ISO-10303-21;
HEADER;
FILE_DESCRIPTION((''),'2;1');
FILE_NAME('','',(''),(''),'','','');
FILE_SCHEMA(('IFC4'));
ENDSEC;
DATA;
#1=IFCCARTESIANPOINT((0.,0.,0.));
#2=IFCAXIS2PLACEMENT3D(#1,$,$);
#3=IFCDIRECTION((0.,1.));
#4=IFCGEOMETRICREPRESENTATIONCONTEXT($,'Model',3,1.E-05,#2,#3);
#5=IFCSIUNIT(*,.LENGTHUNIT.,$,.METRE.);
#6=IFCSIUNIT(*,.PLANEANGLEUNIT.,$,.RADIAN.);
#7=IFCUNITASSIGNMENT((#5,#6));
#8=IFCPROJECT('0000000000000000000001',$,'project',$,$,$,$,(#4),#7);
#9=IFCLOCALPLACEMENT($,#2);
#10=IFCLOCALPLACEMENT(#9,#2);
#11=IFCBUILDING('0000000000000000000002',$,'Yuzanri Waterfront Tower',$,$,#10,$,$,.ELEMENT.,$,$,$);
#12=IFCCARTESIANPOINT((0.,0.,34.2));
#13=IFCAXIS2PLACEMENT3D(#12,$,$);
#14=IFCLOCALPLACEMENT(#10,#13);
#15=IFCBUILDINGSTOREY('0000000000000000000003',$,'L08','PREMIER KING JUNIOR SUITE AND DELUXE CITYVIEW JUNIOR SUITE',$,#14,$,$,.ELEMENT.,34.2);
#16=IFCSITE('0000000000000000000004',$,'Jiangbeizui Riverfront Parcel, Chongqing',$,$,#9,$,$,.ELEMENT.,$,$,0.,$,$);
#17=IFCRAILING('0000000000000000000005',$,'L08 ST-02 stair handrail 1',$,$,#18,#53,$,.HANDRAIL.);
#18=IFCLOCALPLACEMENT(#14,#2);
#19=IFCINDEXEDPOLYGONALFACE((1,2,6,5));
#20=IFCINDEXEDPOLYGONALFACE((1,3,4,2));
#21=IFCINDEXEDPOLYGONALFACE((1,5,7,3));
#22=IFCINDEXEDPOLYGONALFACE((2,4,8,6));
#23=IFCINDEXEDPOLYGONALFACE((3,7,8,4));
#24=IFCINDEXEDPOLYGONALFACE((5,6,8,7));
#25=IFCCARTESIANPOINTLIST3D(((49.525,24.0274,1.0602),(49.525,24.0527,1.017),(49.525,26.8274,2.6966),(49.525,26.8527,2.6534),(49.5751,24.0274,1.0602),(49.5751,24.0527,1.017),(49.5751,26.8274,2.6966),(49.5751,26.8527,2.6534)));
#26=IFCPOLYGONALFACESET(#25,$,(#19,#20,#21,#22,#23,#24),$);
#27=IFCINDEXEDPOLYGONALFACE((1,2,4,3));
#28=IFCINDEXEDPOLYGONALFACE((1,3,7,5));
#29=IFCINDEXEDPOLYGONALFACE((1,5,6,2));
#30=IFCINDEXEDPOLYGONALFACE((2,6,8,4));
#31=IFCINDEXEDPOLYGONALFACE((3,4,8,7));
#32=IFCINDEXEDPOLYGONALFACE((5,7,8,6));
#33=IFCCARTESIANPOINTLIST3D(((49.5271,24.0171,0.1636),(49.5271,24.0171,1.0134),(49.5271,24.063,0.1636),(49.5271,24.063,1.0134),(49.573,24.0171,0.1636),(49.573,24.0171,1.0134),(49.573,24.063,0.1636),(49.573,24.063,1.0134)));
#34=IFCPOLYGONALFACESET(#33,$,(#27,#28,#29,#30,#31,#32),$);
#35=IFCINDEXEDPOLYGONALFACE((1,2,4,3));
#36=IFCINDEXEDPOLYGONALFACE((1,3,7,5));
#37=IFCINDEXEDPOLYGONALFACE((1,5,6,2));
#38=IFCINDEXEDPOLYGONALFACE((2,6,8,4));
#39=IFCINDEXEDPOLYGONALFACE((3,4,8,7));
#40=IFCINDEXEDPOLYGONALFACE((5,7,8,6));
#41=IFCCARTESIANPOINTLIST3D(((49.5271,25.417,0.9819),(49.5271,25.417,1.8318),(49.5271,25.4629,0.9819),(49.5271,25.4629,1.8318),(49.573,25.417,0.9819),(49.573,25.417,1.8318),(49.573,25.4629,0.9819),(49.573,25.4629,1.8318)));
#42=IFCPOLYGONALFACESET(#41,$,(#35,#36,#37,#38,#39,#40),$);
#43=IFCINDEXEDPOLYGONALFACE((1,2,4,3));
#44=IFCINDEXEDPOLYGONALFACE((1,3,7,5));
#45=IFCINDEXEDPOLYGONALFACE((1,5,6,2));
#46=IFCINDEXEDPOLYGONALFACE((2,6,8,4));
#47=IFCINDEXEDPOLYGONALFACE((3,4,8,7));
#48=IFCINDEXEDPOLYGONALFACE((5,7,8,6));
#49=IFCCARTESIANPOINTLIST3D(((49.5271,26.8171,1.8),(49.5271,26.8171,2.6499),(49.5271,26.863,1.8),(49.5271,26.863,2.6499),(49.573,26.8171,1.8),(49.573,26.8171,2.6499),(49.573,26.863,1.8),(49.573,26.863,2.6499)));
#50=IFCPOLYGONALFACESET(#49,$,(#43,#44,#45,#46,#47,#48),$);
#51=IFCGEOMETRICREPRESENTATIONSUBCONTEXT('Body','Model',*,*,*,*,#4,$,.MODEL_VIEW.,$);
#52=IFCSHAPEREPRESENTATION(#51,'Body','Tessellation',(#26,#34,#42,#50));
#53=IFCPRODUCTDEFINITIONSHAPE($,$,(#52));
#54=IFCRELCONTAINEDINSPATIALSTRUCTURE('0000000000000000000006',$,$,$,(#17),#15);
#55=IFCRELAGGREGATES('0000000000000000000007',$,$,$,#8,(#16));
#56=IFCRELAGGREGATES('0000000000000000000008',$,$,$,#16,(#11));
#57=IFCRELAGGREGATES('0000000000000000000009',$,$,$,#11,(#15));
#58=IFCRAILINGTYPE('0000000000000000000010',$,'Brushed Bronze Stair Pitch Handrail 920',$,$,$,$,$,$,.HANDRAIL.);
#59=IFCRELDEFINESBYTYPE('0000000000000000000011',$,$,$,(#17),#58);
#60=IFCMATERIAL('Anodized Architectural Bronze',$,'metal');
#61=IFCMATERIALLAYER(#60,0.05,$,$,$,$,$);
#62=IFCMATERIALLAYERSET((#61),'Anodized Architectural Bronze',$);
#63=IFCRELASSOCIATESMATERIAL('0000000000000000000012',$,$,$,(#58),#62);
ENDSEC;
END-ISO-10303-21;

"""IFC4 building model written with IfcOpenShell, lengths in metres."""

from ifc_helpers import new_model, si_unit, direction, frame, origin, origin_2d, place, context, subcontext, project, spatial, rectangle, extrude, source, transform, mapped, material, layer, layer_set, type_object, element, save


model = new_model("IFC4")

# Units and contexts
model_context = context("Model", 3, precision=1e-05, world=origin(), true_north=direction((0.0, 1.0)))
body_context = subcontext(model_context, "Body", "Model", "MODEL_VIEW")
ifc_project = project(units=[si_unit("LENGTHUNIT", "METRE"), si_unit("PLANEANGLEUNIT", "RADIAN")], contexts=[model_context])

# Site, building, storey
site_placement = place(None, origin())
site = spatial("IfcSite", under=ifc_project, at=site_placement, Name="Jiangbeizui Riverfront Parcel, Chongqing", CompositionType="ELEMENT", RefElevation=0.0)
building_placement = place(site_placement, origin())
building = spatial("IfcBuilding", under=site, at=building_placement, Name="Yuzanri Waterfront Tower", CompositionType="ELEMENT")
storey_placement = place(building_placement, frame((0.0, 0.0, 34.2)))
storey = spatial("IfcBuildingStorey", under=building, at=storey_placement, Name="L08", Description="PREMIER KING JUNIOR SUITE AND DELUXE CITYVIEW JUNIOR SUITE", CompositionType="ELEMENT", Elevation=34.2)

# Railing
ifc_material_1 = material(Name="Anodized Architectural Bronze", Category="metal")
ifc_layer_1 = layer(ifc_material_1, 0.05)
ifc_layer_set_1 = layer_set([ifc_layer_1], Name="Anodized Architectural Bronze")
railing_type_1 = type_object("IfcRailingType", Name="Brushed Bronze Stair Pitch Handrail 920", PredefinedType="HANDRAIL", material=ifc_layer_set_1)
shared_shape_1 = source(origin(), body_context, "Body", "SweptSolid", [
    extrude(rectangle(XDim=0.05, YDim=0.05, at=origin_2d()), frame((0.0, 0.0, 0.875), z_axis=(0.0, 0.863361, 0.504587), x_axis=(-1.0, 0.0, 0.0)), (0.0, 0.0, 1.0), 3.2432),
    extrude(rectangle(XDim=0.0459, YDim=0.0459, at=origin_2d()), origin(), (0.0, 0.0, 1.0), 0.8499),
    extrude(rectangle(XDim=0.0459, YDim=0.0459, at=origin_2d()), frame((0.0, 1.3999, 0.8184)), (0.0, 0.0, 1.0), 0.8499),
    extrude(rectangle(XDim=0.0459, YDim=0.0459, at=origin_2d()), frame((0.0, 2.8, 1.6365)), (0.0, 0.0, 1.0), 0.8499),
])
railing_1_placement = place(storey_placement, frame((49.55, 24.04, 0.1636)))
element("IfcRailing", 1, at=railing_1_placement, inside=storey, type_object=railing_type_1, Name="L08 ST-02 stair handrail 1", PredefinedType="HANDRAIL", context=body_context, shape_type="MappedRepresentation", body=[
    mapped(shared_shape_1, transform((0.0, 0.0, 0.0), scale=1.0)),
])

save(model, "model.ifc")
